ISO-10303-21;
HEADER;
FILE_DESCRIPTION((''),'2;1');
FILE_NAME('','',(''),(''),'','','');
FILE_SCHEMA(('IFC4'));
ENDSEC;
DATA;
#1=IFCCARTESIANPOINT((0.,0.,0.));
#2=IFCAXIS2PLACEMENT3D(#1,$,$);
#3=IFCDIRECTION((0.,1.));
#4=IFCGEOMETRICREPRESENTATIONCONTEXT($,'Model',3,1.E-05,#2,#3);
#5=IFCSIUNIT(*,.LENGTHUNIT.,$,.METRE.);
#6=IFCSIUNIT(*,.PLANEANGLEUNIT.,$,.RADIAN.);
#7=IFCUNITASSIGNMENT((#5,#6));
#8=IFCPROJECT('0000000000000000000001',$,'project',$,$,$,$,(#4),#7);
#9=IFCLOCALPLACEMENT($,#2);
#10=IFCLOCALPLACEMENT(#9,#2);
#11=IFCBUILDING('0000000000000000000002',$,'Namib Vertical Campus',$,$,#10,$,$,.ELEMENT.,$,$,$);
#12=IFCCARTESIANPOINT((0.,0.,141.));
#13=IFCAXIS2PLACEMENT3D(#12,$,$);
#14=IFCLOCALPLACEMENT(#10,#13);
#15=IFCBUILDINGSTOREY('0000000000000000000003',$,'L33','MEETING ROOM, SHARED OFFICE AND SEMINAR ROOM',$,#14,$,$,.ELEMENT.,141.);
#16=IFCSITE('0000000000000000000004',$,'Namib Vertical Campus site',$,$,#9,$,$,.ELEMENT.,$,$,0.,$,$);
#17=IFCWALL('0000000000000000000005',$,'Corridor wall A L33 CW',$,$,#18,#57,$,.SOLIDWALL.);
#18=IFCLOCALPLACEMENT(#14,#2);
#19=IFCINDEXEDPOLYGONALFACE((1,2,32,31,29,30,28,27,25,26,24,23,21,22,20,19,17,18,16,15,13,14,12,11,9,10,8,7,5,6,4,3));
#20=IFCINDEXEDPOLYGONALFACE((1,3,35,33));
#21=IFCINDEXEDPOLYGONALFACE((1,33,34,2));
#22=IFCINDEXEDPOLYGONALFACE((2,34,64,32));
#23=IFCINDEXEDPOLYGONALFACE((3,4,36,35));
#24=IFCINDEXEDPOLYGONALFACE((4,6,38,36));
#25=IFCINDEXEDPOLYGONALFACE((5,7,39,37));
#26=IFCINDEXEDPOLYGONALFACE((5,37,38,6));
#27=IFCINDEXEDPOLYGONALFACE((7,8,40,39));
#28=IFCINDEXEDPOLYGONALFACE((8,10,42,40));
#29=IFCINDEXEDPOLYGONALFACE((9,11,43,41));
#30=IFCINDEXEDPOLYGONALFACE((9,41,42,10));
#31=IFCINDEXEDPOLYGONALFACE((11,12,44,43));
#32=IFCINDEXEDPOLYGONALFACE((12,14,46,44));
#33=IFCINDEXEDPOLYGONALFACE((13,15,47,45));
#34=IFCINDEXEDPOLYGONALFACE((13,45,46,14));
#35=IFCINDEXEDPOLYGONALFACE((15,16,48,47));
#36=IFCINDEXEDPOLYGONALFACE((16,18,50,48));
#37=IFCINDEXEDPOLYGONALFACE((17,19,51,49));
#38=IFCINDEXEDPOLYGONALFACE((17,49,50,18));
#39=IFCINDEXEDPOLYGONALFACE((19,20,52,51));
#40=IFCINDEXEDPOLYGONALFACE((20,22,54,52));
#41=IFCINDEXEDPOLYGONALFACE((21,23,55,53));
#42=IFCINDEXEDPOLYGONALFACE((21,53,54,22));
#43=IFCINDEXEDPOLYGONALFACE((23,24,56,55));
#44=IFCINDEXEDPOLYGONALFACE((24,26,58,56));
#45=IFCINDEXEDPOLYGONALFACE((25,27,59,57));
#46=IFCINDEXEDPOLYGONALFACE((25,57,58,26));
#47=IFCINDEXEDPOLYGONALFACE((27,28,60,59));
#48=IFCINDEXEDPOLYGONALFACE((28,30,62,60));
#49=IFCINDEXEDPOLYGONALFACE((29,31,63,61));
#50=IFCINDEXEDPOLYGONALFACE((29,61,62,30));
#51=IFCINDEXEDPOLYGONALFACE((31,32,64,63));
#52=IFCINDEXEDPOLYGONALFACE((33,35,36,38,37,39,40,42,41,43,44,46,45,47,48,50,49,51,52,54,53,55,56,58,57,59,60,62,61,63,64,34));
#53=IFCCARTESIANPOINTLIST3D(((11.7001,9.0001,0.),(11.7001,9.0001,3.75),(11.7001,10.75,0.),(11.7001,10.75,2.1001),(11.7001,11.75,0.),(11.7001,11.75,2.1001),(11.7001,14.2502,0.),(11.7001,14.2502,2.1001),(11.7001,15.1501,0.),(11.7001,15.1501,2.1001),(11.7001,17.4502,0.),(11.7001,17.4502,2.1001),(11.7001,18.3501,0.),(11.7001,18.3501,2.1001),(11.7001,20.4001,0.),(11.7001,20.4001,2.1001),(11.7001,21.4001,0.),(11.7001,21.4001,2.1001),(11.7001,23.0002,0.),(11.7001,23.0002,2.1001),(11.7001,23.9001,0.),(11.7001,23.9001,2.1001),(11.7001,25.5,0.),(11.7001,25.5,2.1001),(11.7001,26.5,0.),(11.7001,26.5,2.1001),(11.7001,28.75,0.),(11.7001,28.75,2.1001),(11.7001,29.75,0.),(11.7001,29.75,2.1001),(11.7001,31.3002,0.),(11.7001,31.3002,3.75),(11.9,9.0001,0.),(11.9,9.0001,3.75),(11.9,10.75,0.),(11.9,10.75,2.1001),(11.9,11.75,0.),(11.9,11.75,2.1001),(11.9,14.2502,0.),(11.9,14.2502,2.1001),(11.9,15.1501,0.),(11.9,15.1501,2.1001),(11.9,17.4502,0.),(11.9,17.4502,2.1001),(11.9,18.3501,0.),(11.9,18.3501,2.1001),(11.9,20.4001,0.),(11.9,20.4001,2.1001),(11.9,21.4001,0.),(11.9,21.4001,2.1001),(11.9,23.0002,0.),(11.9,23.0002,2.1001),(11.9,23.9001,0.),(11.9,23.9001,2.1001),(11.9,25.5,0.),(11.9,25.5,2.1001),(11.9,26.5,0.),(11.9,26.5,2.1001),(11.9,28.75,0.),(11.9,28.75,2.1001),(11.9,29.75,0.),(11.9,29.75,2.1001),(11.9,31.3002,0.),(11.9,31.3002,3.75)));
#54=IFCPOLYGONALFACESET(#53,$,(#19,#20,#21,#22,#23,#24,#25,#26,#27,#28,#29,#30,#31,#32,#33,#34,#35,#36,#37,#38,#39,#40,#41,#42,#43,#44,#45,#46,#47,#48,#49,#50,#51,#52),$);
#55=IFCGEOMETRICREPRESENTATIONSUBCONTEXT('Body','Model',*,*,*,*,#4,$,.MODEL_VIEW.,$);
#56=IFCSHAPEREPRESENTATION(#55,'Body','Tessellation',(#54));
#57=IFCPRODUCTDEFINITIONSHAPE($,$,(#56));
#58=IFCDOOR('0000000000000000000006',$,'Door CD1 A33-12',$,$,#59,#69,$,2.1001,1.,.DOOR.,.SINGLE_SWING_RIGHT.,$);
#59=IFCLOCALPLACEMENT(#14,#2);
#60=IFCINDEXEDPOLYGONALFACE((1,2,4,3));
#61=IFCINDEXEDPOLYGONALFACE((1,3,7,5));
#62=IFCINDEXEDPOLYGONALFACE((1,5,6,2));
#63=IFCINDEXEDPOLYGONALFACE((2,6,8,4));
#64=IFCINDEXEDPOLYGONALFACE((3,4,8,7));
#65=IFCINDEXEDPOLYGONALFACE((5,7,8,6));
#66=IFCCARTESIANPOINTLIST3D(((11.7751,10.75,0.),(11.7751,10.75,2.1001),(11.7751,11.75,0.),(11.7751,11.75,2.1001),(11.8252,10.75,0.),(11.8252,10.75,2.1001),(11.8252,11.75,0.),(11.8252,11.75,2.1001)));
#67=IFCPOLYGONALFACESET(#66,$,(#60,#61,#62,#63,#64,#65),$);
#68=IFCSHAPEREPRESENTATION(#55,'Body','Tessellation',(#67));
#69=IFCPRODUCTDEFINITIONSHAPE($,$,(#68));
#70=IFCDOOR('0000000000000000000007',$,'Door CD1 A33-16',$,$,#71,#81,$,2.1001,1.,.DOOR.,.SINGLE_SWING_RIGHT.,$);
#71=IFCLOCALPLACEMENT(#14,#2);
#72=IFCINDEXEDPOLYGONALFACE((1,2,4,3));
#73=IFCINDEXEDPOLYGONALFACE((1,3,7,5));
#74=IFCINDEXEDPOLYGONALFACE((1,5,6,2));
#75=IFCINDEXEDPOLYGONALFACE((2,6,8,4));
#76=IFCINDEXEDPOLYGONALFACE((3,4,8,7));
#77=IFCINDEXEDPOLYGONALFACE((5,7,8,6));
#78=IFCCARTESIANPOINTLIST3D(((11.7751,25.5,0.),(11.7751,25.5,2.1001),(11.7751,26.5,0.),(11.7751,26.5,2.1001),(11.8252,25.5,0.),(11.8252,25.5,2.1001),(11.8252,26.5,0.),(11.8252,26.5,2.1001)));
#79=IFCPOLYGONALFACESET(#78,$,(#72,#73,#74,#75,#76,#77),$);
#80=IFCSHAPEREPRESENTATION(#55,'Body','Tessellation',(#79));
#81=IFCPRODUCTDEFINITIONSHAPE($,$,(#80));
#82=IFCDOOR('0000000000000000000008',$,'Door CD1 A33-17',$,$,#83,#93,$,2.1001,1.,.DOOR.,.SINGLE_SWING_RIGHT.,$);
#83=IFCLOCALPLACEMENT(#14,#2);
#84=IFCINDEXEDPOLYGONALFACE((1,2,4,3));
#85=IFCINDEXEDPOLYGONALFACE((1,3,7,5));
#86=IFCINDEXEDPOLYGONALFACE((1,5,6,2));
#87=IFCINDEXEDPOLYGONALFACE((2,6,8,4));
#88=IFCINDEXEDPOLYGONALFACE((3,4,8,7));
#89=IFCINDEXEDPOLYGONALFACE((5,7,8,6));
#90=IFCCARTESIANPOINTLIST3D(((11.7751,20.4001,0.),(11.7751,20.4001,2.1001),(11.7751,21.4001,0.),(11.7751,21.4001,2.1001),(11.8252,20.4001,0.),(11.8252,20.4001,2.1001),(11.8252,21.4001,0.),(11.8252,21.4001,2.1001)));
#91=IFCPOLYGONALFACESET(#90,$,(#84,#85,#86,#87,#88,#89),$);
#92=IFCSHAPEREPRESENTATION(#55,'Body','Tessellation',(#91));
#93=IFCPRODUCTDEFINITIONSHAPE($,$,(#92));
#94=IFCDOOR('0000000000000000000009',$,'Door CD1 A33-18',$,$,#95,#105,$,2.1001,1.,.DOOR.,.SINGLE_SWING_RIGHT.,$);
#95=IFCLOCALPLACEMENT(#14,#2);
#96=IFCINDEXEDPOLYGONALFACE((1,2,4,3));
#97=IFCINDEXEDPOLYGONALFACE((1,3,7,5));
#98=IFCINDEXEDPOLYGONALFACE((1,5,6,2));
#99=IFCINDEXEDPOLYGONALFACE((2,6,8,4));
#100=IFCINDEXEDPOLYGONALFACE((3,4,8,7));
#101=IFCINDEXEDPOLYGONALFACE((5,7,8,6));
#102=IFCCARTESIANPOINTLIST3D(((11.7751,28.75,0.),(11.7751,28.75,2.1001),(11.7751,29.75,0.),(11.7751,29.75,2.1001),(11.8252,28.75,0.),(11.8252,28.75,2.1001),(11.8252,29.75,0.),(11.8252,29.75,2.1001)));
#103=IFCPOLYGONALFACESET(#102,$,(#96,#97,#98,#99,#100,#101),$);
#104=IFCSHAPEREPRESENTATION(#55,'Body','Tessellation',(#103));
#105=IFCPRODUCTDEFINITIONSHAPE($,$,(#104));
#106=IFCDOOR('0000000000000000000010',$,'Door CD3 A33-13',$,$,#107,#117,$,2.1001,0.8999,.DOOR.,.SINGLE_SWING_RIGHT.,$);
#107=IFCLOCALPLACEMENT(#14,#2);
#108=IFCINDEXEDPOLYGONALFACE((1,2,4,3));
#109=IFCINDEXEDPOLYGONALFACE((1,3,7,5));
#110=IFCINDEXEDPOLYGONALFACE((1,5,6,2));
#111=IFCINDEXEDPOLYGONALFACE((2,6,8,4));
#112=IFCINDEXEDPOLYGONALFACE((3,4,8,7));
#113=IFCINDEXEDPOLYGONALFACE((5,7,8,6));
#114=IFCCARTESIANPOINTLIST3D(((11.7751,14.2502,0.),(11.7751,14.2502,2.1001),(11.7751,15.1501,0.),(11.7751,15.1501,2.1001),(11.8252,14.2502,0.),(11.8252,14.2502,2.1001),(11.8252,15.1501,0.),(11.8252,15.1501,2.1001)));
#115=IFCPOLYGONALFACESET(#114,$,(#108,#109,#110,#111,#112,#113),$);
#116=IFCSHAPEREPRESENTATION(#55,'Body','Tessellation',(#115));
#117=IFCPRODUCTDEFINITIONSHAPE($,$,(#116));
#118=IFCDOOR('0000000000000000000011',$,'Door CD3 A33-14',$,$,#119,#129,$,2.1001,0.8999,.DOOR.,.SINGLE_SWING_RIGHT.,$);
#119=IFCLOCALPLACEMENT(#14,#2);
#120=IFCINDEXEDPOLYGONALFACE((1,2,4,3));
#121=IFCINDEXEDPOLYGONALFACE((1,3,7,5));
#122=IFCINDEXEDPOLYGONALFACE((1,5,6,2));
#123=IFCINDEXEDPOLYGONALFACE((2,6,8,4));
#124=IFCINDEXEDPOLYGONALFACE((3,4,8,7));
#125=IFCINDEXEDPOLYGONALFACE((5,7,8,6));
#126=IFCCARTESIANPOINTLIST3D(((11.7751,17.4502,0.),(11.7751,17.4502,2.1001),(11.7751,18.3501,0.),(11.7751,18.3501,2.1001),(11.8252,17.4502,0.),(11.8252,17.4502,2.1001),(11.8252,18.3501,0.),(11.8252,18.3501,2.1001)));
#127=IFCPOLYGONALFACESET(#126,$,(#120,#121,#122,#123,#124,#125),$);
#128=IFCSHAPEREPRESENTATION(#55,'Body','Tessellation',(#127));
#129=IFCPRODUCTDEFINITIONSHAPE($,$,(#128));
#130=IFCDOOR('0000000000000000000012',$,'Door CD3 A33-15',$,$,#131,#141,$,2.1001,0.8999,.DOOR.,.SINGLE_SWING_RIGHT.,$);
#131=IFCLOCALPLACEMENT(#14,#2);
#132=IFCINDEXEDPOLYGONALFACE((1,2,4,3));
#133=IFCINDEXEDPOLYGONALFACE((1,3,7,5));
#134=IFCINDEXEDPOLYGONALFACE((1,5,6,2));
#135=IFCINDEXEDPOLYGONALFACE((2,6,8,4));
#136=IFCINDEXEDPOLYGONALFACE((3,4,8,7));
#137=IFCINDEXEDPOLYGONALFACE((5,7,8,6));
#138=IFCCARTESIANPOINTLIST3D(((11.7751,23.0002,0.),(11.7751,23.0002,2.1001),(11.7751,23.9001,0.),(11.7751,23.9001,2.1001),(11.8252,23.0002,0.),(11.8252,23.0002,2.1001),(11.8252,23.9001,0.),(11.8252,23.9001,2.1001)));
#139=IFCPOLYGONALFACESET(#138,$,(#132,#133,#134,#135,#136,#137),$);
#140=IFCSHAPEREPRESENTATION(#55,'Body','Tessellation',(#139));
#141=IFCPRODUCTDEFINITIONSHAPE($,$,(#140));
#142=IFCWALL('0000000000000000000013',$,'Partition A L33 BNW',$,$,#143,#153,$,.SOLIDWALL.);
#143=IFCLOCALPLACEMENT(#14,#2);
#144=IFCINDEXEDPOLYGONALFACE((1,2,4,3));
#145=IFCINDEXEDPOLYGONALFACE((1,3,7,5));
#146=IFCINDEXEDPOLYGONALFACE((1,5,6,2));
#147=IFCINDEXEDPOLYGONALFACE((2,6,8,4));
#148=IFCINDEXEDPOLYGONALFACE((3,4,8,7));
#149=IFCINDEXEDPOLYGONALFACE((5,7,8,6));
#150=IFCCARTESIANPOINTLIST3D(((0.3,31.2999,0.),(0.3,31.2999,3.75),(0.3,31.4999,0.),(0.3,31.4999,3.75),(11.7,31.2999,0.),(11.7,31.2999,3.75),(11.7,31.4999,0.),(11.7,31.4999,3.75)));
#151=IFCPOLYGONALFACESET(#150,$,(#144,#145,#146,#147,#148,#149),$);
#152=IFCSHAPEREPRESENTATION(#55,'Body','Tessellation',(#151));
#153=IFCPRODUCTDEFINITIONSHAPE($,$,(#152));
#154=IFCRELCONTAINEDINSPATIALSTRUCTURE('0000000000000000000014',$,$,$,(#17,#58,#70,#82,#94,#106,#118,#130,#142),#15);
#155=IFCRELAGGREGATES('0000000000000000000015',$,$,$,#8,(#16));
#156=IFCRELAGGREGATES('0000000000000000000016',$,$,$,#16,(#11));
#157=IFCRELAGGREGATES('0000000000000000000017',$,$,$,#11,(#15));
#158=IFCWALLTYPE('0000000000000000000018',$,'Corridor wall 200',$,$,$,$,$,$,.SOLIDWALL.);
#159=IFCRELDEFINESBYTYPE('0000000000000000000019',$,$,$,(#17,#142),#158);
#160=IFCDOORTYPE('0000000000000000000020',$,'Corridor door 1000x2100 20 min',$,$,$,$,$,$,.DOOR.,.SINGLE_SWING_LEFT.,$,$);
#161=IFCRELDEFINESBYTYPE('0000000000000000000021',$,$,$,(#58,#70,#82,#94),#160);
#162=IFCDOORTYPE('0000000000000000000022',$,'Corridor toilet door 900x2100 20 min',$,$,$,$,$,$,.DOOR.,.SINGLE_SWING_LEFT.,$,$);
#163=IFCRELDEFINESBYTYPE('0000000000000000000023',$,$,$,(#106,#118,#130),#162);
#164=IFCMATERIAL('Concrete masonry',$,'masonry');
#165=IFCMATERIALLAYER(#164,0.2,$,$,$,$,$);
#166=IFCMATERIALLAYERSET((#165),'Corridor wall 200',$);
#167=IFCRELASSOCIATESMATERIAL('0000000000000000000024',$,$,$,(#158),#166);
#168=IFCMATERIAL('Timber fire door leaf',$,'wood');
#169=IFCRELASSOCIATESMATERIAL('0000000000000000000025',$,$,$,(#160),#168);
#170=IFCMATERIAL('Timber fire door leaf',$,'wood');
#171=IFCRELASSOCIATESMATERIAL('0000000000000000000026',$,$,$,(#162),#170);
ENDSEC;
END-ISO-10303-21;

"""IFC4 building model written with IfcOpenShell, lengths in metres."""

from ifc_helpers import new_model, si_unit, direction, frame, frame_2d, origin, place, context, subcontext, project, spatial, rectangle, extrude, material, layer, layer_set, type_object, element, fill, save


model = new_model("IFC4")

# Units and contexts
model_context = context("Model", 3, precision=1e-05, world=origin(), true_north=direction((0.0, 1.0)))
body_context = subcontext(model_context, "Body", "Model", "MODEL_VIEW")
ifc_project = project(units=[si_unit("LENGTHUNIT", "METRE"), si_unit("PLANEANGLEUNIT", "RADIAN")], contexts=[model_context])

# Site, building, storey
site_placement = place(None, origin())
site = spatial("IfcSite", under=ifc_project, at=site_placement, Name="Namib Vertical Campus site", CompositionType="ELEMENT", RefElevation=0.0)
building_placement = place(site_placement, origin())
building = spatial("IfcBuilding", under=site, at=building_placement, Name="Namib Vertical Campus", CompositionType="ELEMENT")
storey_placement = place(building_placement, frame((0.0, 0.0, 141.0)))
storey = spatial("IfcBuildingStorey", under=building, at=storey_placement, Name="L33", Description="MEETING ROOM, SHARED OFFICE AND SEMINAR ROOM", CompositionType="ELEMENT", Elevation=141.0)

# Wall, openings, doors
ifc_material_1 = material(Name="Concrete masonry", Category="masonry")
ifc_layer_1 = layer(ifc_material_1, 0.2)
ifc_layer_set_1 = layer_set([ifc_layer_1], Name="Corridor wall 200")
wall_type_1 = type_object("IfcWallType", Name="Corridor wall 200", PredefinedType="SOLIDWALL", material=ifc_layer_set_1)
wall_1_placement = place(storey_placement, frame((11.8, 31.3, 0.0), z_axis=(0.0, 0.0, 1.0), x_axis=(0.0, -1.0, 0.0)))
wall_1 = element("IfcWall", 1, at=wall_1_placement, inside=storey, type_object=wall_type_1, Name="Corridor wall A L33 CW", PredefinedType="SOLIDWALL", context=body_context, shape_type="SweptSolid", body=[
    extrude(rectangle(XDim=22.3, YDim=0.2, at=frame_2d((11.1499, 0.0))), origin(), (0.0, 0.0, 1.0), 3.75),
])
opening_1_placement = place(wall_1_placement, frame((19.55, 0.0, 0.0)))
opening_1 = element("IfcOpeningElement", 2, at=opening_1_placement, cuts=wall_1, PredefinedType="OPENING", context=body_context, shape_type="SweptSolid", body=[
    extrude(rectangle(XDim=1.0, YDim=2.1001, at=frame_2d((0.5, 1.05))), frame((0.0, 0.1099, 0.0), z_axis=(0.0, -1.0, 0.0), x_axis=(1.0, 0.0, 0.0)), (0.0, 0.0, 1.0), 0.22),
])
opening_2_placement = place(wall_1_placement, frame((16.1499, 0.0, 0.0)))
opening_2 = element("IfcOpeningElement", 3, at=opening_2_placement, cuts=wall_1, PredefinedType="OPENING", context=body_context, shape_type="SweptSolid", body=[
    extrude(rectangle(XDim=0.8999, YDim=2.1001, at=frame_2d((0.45, 1.05))), frame((0.0, 0.1099, 0.0), z_axis=(0.0, -1.0, 0.0), x_axis=(1.0, 0.0, 0.0)), (0.0, 0.0, 1.0), 0.22),
])
opening_3_placement = place(wall_1_placement, frame((12.95, 0.0, 0.0)))
opening_3 = element("IfcOpeningElement", 4, at=opening_3_placement, cuts=wall_1, PredefinedType="OPENING", context=body_context, shape_type="SweptSolid", body=[
    extrude(rectangle(XDim=0.8999, YDim=2.1001, at=frame_2d((0.45, 1.05))), frame((0.0, 0.1099, 0.0), z_axis=(0.0, -1.0, 0.0), x_axis=(1.0, 0.0, 0.0)), (0.0, 0.0, 1.0), 0.22),
])
opening_4_placement = place(wall_1_placement, frame((7.3999, 0.0, 0.0)))
opening_4 = element("IfcOpeningElement", 5, at=opening_4_placement, cuts=wall_1, PredefinedType="OPENING", context=body_context, shape_type="SweptSolid", body=[
    extrude(rectangle(XDim=0.8999, YDim=2.1001, at=frame_2d((0.45, 1.05))), frame((0.0, 0.1099, 0.0), z_axis=(0.0, -1.0, 0.0), x_axis=(1.0, 0.0, 0.0)), (0.0, 0.0, 1.0), 0.22),
])
opening_5_placement = place(wall_1_placement, frame((4.8, 0.0, 0.0)))
opening_5 = element("IfcOpeningElement", 6, at=opening_5_placement, cuts=wall_1, PredefinedType="OPENING", context=body_context, shape_type="SweptSolid", body=[
    extrude(rectangle(XDim=1.0, YDim=2.1001, at=frame_2d((0.5, 1.05))), frame((0.0, 0.1099, 0.0), z_axis=(0.0, -1.0, 0.0), x_axis=(1.0, 0.0, 0.0)), (0.0, 0.0, 1.0), 0.22),
])
opening_6_placement = place(wall_1_placement, frame((9.8999, 0.0, 0.0)))
opening_6 = element("IfcOpeningElement", 7, at=opening_6_placement, cuts=wall_1, PredefinedType="OPENING", context=body_context, shape_type="SweptSolid", body=[
    extrude(rectangle(XDim=1.0, YDim=2.1001, at=frame_2d((0.5, 1.05))), frame((0.0, 0.1099, 0.0), z_axis=(0.0, -1.0, 0.0), x_axis=(1.0, 0.0, 0.0)), (0.0, 0.0, 1.0), 0.22),
])
opening_7_placement = place(wall_1_placement, frame((1.55, 0.0, 0.0)))
opening_7 = element("IfcOpeningElement", 8, at=opening_7_placement, cuts=wall_1, PredefinedType="OPENING", context=body_context, shape_type="SweptSolid", body=[
    extrude(rectangle(XDim=1.0, YDim=2.1001, at=frame_2d((0.5, 1.05))), frame((0.0, 0.1099, 0.0), z_axis=(0.0, -1.0, 0.0), x_axis=(1.0, 0.0, 0.0)), (0.0, 0.0, 1.0), 0.22),
])
ifc_material_2 = material(Name="Timber fire door leaf", Category="wood")
door_type_1 = type_object("IfcDoorType", Name="Corridor door 1000x2100 20 min", OperationType="SINGLE_SWING_LEFT", PredefinedType="DOOR", material=ifc_material_2)
door_1_placement = place(opening_1_placement, frame((1.0, 0.0, 0.0), z_axis=(0.0, 0.0, 1.0), x_axis=(-1.0, 0.0, 0.0)))
door_1 = element("IfcDoor", 9, at=door_1_placement, inside=storey, type_object=door_type_1, Name="Door CD1 A33-12", OperationType="SINGLE_SWING_RIGHT", OverallHeight=2.1001, OverallWidth=1.0, PredefinedType="DOOR", context=body_context, shape_type="SweptSolid", body=[
    extrude(rectangle(XDim=1.0, YDim=2.1001, at=frame_2d((0.5, 1.05))), frame((0.0, 0.0249, 0.0), z_axis=(0.0, -1.0, 0.0), x_axis=(1.0, 0.0, 0.0)), (0.0, 0.0, 1.0), 0.05),
])
fill(opening_1, door_1)
door_2_placement = place(opening_5_placement, frame((1.0, 0.0, 0.0), z_axis=(0.0, 0.0, 1.0), x_axis=(-1.0, 0.0, 0.0)))
door_2 = element("IfcDoor", 10, at=door_2_placement, inside=storey, type_object=door_type_1, Name="Door CD1 A33-16", OperationType="SINGLE_SWING_RIGHT", OverallHeight=2.1001, OverallWidth=1.0, PredefinedType="DOOR", context=body_context, shape_type="SweptSolid", body=[
    extrude(rectangle(XDim=1.0, YDim=2.1001, at=frame_2d((0.5, 1.05))), frame((0.0, 0.0249, 0.0), z_axis=(0.0, -1.0, 0.0), x_axis=(1.0, 0.0, 0.0)), (0.0, 0.0, 1.0), 0.05),
])
fill(opening_5, door_2)
door_3_placement = place(opening_6_placement, frame((1.0, 0.0, 0.0), z_axis=(0.0, 0.0, 1.0), x_axis=(-1.0, 0.0, 0.0)))
door_3 = element("IfcDoor", 11, at=door_3_placement, inside=storey, type_object=door_type_1, Name="Door CD1 A33-17", OperationType="SINGLE_SWING_RIGHT", OverallHeight=2.1001, OverallWidth=1.0, PredefinedType="DOOR", context=body_context, shape_type="SweptSolid", body=[
    extrude(rectangle(XDim=1.0, YDim=2.1001, at=frame_2d((0.5, 1.05))), frame((0.0, 0.0249, 0.0), z_axis=(0.0, -1.0, 0.0), x_axis=(1.0, 0.0, 0.0)), (0.0, 0.0, 1.0), 0.05),
])
fill(opening_6, door_3)
door_4_placement = place(opening_7_placement, frame((1.0, 0.0, 0.0), z_axis=(0.0, 0.0, 1.0), x_axis=(-1.0, 0.0, 0.0)))
door_4 = element("IfcDoor", 12, at=door_4_placement, inside=storey, type_object=door_type_1, Name="Door CD1 A33-18", OperationType="SINGLE_SWING_RIGHT", OverallHeight=2.1001, OverallWidth=1.0, PredefinedType="DOOR", context=body_context, shape_type="SweptSolid", body=[
    extrude(rectangle(XDim=1.0, YDim=2.1001, at=frame_2d((0.5, 1.05))), frame((0.0, 0.0249, 0.0), z_axis=(0.0, -1.0, 0.0), x_axis=(1.0, 0.0, 0.0)), (0.0, 0.0, 1.0), 0.05),
])
fill(opening_7, door_4)
ifc_material_3 = material(Name="Timber fire door leaf", Category="wood")
door_type_2 = type_object("IfcDoorType", Name="Corridor toilet door 900x2100 20 min", OperationType="SINGLE_SWING_LEFT", PredefinedType="DOOR", material=ifc_material_3)
door_5_placement = place(opening_2_placement, frame((0.8999, 0.0, 0.0), z_axis=(0.0, 0.0, 1.0), x_axis=(-1.0, 0.0, 0.0)))
door_5 = element("IfcDoor", 13, at=door_5_placement, inside=storey, type_object=door_type_2, Name="Door CD3 A33-13", OperationType="SINGLE_SWING_RIGHT", OverallHeight=2.1001, OverallWidth=0.8999, PredefinedType="DOOR", context=body_context, shape_type="SweptSolid", body=[
    extrude(rectangle(XDim=0.8999, YDim=2.1001, at=frame_2d((0.45, 1.05))), frame((0.0, 0.0249, 0.0), z_axis=(0.0, -1.0, 0.0), x_axis=(1.0, 0.0, 0.0)), (0.0, 0.0, 1.0), 0.05),
])
fill(opening_2, door_5)
door_6_placement = place(opening_3_placement, frame((0.8999, 0.0, 0.0), z_axis=(0.0, 0.0, 1.0), x_axis=(-1.0, 0.0, 0.0)))
door_6 = element("IfcDoor", 14, at=door_6_placement, inside=storey, type_object=door_type_2, Name="Door CD3 A33-14", OperationType="SINGLE_SWING_RIGHT", OverallHeight=2.1001, OverallWidth=0.8999, PredefinedType="DOOR", context=body_context, shape_type="SweptSolid", body=[
    extrude(rectangle(XDim=0.8999, YDim=2.1001, at=frame_2d((0.45, 1.05))), frame((0.0, 0.0249, 0.0), z_axis=(0.0, -1.0, 0.0), x_axis=(1.0, 0.0, 0.0)), (0.0, 0.0, 1.0), 0.05),
])
fill(opening_3, door_6)
door_7_placement = place(opening_4_placement, frame((0.8999, 0.0, 0.0), z_axis=(0.0, 0.0, 1.0), x_axis=(-1.0, 0.0, 0.0)))
door_7 = element("IfcDoor", 15, at=door_7_placement, inside=storey, type_object=door_type_2, Name="Door CD3 A33-15", OperationType="SINGLE_SWING_RIGHT", OverallHeight=2.1001, OverallWidth=0.8999, PredefinedType="DOOR", context=body_context, shape_type="SweptSolid", body=[
    extrude(rectangle(XDim=0.8999, YDim=2.1001, at=frame_2d((0.45, 1.05))), frame((0.0, 0.0249, 0.0), z_axis=(0.0, -1.0, 0.0), x_axis=(1.0, 0.0, 0.0)), (0.0, 0.0, 1.0), 0.05),
])
fill(opening_4, door_7)

# Wall
wall_2_placement = place(storey_placement, frame((0.3, 31.3999, 0.0), z_axis=(0.0, 0.0, 1.0), x_axis=(1.0, 0.0, 0.0)))
element("IfcWall", 16, at=wall_2_placement, inside=storey, type_object=wall_type_1, Name="Partition A L33 BNW", PredefinedType="SOLIDWALL", context=body_context, shape_type="SweptSolid", body=[
    extrude(rectangle(XDim=11.3999, YDim=0.2, at=frame_2d((5.7, 0.0))), origin(), (0.0, 0.0, 1.0), 3.75),
])

save(model, "model.ifc")
